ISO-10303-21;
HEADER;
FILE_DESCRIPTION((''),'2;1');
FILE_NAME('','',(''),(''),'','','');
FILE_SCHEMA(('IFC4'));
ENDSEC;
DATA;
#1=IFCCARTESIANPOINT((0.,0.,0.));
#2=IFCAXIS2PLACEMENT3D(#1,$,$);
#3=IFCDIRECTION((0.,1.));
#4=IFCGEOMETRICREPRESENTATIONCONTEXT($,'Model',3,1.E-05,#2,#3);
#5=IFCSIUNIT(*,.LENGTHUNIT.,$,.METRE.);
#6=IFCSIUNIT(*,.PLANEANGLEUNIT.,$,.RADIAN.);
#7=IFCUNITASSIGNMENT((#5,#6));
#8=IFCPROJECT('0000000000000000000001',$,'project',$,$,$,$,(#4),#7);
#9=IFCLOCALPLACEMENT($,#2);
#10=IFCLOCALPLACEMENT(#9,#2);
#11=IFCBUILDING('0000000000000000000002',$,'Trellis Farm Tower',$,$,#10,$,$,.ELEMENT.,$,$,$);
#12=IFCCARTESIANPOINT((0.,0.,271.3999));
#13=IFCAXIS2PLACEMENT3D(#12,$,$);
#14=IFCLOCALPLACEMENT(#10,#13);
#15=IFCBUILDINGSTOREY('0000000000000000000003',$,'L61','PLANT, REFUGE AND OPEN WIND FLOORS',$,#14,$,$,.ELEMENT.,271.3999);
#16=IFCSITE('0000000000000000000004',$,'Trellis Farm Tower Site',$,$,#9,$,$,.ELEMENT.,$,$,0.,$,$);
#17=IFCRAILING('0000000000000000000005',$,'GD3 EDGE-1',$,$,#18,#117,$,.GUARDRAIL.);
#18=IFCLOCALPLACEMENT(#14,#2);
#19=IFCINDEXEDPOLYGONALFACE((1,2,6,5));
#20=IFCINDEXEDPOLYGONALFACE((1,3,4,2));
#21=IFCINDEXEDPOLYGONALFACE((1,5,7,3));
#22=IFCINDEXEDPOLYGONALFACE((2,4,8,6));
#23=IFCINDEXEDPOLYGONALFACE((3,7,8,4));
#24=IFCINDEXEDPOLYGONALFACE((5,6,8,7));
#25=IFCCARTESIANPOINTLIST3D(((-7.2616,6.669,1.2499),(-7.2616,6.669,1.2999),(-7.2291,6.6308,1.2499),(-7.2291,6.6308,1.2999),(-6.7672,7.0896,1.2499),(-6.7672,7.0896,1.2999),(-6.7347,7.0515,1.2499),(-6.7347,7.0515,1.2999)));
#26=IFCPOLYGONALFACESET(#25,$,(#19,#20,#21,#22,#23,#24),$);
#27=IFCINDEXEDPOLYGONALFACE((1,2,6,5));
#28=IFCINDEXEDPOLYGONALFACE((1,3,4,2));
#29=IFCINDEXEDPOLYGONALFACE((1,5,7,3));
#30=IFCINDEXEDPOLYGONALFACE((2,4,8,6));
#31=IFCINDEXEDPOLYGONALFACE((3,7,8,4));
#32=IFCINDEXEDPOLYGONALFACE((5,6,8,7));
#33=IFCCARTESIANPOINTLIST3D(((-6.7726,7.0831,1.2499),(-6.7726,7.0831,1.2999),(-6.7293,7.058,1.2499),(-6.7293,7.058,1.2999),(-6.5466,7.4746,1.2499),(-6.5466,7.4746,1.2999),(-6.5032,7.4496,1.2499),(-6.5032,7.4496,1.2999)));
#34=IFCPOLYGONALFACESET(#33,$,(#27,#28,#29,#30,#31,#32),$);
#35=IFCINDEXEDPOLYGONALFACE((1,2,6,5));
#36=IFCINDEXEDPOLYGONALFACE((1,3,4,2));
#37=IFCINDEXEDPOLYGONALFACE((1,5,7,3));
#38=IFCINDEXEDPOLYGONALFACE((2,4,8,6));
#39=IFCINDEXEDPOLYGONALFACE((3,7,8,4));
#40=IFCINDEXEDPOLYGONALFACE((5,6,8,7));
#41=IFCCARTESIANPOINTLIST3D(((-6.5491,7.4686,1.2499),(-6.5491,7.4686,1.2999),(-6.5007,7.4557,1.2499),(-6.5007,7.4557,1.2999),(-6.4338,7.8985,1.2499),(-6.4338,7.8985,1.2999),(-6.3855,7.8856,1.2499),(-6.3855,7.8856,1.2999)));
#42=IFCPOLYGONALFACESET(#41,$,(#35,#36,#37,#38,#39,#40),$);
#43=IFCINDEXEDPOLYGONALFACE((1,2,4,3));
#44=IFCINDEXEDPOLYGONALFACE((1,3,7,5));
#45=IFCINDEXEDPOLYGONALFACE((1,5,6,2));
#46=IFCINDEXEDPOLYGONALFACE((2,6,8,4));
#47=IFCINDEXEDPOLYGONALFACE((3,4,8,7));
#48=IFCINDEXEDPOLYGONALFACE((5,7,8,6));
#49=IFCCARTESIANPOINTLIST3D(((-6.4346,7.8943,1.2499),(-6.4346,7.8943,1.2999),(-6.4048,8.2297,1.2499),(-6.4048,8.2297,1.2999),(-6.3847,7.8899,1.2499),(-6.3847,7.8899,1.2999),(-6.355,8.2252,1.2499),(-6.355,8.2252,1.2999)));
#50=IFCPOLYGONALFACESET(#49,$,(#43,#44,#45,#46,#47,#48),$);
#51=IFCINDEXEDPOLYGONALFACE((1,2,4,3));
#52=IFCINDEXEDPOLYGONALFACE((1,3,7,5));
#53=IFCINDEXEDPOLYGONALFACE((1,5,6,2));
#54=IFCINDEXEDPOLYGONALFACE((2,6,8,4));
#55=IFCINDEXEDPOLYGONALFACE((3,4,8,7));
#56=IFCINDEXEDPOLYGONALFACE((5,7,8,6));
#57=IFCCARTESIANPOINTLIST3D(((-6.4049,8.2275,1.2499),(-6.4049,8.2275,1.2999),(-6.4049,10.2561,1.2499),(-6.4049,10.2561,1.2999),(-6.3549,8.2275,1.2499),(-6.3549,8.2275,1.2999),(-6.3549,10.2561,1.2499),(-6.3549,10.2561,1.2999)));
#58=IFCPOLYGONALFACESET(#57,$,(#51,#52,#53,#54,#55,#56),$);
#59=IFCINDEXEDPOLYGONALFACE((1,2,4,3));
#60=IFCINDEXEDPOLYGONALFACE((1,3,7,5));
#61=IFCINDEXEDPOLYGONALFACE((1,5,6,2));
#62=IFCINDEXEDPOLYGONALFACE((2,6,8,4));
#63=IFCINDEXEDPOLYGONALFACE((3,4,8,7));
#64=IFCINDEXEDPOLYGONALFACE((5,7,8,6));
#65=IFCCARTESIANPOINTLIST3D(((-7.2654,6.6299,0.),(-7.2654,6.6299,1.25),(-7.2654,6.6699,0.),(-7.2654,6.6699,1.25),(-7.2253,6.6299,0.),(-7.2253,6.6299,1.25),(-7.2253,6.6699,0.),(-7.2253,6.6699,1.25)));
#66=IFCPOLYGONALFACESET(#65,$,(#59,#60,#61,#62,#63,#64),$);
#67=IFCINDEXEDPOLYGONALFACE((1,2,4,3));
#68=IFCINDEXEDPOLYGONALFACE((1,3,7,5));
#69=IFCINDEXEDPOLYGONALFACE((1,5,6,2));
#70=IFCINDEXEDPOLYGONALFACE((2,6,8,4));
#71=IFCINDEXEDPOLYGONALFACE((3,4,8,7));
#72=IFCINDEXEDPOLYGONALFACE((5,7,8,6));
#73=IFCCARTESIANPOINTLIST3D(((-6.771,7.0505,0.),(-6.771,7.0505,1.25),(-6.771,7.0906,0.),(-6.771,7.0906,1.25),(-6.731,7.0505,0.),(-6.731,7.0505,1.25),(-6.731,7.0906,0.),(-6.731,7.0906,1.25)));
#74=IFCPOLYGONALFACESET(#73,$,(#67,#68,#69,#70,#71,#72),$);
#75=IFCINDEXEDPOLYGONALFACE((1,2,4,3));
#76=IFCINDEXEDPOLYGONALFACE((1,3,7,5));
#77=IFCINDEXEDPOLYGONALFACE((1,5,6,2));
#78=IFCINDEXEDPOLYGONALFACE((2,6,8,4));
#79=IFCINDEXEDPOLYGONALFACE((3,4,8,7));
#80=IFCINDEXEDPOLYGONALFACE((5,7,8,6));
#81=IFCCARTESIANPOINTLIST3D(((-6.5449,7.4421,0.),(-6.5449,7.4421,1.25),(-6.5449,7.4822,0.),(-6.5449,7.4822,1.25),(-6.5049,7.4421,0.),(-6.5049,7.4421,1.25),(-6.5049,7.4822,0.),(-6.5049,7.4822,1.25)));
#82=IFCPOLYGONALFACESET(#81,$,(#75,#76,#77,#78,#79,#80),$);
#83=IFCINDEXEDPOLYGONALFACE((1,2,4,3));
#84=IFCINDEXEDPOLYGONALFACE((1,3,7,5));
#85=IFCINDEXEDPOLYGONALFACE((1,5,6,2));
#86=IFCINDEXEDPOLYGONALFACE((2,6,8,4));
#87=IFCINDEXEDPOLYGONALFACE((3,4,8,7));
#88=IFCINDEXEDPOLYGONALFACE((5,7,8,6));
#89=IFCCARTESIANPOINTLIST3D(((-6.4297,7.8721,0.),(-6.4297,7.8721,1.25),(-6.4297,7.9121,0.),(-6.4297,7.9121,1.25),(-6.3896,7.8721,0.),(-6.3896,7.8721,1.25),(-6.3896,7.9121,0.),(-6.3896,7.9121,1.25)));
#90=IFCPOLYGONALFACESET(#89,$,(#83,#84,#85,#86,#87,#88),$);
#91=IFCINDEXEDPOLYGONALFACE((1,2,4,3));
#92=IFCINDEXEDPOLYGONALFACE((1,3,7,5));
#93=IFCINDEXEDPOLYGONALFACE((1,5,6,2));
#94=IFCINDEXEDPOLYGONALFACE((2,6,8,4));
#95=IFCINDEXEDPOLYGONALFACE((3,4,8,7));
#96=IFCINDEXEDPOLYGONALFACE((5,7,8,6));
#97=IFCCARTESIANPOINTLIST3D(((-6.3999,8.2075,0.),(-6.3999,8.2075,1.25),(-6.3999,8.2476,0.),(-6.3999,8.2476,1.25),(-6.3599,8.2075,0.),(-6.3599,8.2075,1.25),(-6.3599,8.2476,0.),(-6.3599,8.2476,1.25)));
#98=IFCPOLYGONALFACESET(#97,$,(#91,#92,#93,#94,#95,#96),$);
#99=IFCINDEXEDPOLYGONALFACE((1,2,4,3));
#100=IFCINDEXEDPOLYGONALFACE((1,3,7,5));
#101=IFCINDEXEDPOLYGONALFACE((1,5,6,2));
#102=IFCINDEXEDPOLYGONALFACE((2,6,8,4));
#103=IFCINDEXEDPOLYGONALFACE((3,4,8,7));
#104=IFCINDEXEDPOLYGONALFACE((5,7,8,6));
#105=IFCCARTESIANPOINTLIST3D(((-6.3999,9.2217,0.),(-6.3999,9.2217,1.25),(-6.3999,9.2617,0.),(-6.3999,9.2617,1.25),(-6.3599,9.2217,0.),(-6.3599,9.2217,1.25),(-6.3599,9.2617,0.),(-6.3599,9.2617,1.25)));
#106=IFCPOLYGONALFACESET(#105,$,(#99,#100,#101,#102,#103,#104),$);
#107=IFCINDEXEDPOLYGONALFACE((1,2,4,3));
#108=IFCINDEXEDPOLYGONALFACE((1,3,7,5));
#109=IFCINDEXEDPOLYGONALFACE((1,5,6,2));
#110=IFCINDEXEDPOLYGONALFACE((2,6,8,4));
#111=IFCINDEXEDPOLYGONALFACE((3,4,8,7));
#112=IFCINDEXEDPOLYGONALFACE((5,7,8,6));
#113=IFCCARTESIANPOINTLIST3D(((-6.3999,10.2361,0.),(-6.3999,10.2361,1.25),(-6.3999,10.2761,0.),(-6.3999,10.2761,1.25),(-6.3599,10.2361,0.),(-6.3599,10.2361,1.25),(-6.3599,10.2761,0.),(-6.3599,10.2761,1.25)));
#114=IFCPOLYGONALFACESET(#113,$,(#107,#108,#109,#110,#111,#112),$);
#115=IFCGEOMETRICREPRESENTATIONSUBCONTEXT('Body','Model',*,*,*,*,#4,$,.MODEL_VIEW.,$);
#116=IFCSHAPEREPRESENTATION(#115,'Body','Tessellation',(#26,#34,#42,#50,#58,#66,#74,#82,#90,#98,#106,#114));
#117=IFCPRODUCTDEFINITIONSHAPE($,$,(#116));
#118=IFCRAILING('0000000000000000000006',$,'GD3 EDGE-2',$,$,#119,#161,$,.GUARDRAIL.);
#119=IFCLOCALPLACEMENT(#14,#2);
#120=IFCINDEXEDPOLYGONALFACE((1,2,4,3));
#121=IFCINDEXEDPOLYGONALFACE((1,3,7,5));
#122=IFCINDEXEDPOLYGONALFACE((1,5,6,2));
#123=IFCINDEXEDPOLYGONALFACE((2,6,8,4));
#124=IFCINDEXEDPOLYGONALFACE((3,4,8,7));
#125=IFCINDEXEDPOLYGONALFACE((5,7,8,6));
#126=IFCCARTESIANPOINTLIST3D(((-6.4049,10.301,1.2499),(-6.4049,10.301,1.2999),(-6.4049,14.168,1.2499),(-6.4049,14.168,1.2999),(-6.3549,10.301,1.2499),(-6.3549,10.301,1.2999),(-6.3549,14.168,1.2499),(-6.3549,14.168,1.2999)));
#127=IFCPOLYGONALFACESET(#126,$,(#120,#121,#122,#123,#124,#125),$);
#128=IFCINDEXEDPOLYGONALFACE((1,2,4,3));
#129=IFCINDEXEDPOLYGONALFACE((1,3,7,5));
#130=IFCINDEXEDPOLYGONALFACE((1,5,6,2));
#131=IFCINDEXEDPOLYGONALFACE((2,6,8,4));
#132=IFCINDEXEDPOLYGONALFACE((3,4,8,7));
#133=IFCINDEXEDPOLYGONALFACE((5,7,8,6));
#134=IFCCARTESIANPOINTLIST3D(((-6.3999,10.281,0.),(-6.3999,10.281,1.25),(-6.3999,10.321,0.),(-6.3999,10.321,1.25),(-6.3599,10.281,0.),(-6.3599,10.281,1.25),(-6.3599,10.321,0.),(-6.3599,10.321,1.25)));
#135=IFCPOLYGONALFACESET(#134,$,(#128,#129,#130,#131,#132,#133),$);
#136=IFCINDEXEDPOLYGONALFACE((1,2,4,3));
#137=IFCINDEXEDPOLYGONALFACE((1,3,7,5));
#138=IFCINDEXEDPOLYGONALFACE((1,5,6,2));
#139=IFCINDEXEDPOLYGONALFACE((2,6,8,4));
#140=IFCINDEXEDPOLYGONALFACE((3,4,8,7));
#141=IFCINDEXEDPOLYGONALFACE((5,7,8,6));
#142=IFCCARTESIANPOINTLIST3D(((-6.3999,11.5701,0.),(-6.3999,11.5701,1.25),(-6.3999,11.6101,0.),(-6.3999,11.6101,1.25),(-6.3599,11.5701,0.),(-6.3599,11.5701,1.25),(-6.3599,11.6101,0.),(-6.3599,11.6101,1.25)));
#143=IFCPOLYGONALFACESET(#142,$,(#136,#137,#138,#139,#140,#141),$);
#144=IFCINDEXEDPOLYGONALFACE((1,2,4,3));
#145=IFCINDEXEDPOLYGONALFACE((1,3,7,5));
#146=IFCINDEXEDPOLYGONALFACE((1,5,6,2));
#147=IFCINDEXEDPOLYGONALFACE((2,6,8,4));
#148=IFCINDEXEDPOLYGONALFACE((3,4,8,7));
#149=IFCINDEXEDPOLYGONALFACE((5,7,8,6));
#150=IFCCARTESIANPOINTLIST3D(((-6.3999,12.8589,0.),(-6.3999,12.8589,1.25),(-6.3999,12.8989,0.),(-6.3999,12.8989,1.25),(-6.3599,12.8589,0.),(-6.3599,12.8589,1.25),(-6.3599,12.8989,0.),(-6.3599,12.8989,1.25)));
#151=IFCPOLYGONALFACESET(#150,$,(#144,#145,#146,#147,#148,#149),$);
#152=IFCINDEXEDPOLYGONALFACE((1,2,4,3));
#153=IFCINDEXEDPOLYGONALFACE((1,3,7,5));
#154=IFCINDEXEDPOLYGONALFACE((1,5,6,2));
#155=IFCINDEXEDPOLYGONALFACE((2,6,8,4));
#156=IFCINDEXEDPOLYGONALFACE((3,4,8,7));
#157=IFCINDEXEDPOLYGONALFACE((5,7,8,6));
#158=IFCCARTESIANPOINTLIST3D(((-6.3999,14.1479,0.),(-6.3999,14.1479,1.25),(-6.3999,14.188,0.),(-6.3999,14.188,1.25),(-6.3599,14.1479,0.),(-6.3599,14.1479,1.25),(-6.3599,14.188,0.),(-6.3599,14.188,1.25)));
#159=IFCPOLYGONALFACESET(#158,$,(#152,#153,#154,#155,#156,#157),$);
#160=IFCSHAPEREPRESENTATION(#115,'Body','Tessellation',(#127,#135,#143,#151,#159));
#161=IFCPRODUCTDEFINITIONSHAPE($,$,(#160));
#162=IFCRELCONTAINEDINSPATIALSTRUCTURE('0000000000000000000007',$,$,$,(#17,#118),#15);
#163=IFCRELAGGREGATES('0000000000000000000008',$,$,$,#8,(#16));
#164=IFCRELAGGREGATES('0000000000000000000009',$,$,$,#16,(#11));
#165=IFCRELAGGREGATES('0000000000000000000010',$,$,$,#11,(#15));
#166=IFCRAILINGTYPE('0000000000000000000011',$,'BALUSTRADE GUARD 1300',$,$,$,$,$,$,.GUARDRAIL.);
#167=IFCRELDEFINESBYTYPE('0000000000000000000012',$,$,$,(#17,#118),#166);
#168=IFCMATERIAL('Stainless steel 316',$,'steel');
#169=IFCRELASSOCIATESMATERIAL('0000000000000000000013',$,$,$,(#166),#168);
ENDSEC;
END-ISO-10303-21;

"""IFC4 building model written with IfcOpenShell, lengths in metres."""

from ifc_helpers import new_model, si_unit, direction, frame, origin, origin_2d, place, context, subcontext, project, spatial, rectangle, extrude, material, type_object, element, save


model = new_model("IFC4")

# Units and contexts
model_context = context("Model", 3, precision=1e-05, world=origin(), true_north=direction((0.0, 1.0)))
body_context = subcontext(model_context, "Body", "Model", "MODEL_VIEW")
ifc_project = project(units=[si_unit("LENGTHUNIT", "METRE"), si_unit("PLANEANGLEUNIT", "RADIAN")], contexts=[model_context])

# Site, building, storey
site_placement = place(None, origin())
site = spatial("IfcSite", under=ifc_project, at=site_placement, Name="Trellis Farm Tower Site", CompositionType="ELEMENT", RefElevation=0.0)
building_placement = place(site_placement, origin())
building = spatial("IfcBuilding", under=site, at=building_placement, Name="Trellis Farm Tower", CompositionType="ELEMENT")
storey_placement = place(building_placement, frame((0.0, 0.0, 271.3999)))
storey = spatial("IfcBuildingStorey", under=building, at=storey_placement, Name="L61", Description="PLANT, REFUGE AND OPEN WIND FLOORS", CompositionType="ELEMENT", Elevation=271.3999)

# Railings
ifc_material_1 = material(Name="Stainless steel 316", Category="steel")
railing_type = type_object("IfcRailingType", Name="BALUSTRADE GUARD 1300", PredefinedType="GUARDRAIL", material=ifc_material_1)
railing_1_placement = place(storey_placement, frame((-7.2454, 6.6499, 0.0)))
element("IfcRailing", 1, at=railing_1_placement, inside=storey, type_object=railing_type, Name="GD3 EDGE-1", PredefinedType="GUARDRAIL", context=body_context, shape_type="SweptSolid", body=[
    extrude(rectangle(XDim=0.05, YDim=0.05, at=origin_2d()), frame((0.0, 0.0, 1.2749), z_axis=(0.761614, 0.64803, 0.0), x_axis=(-0.64803, 0.761614, 0.0)), (0.0, 0.0, 1.0), 0.6492),
    extrude(rectangle(XDim=0.05, YDim=0.05, at=origin_2d()), frame((0.4944, 0.4207, 1.2749), z_axis=(0.499972, 0.866042, 0.0), x_axis=(-0.866042, 0.499972, 0.0)), (0.0, 0.0, 1.0), 0.4521),
    extrude(rectangle(XDim=0.05, YDim=0.05, at=origin_2d()), frame((0.7205, 0.8123, 1.2749), z_axis=(0.258891, 0.965906, 0.0), x_axis=(-0.965906, 0.258891, 0.0)), (0.0, 0.0, 1.0), 0.4451),
    extrude(rectangle(XDim=0.05, YDim=0.05, at=origin_2d()), frame((0.8357, 1.2422, 1.2749), z_axis=(0.088444, 0.996081, 0.0), x_axis=(-0.996081, 0.088444, 0.0)), (0.0, 0.0, 1.0), 0.3367),
    extrude(rectangle(XDim=0.05, YDim=0.05, at=origin_2d()), frame((0.8655, 1.5776, 1.2749), z_axis=(0.0, 1.0, 0.0), x_axis=(-1.0, 0.0, 0.0)), (0.0, 0.0, 1.0), 2.0286),
    extrude(rectangle(XDim=0.04, YDim=0.04, at=origin_2d()), origin(), (0.0, 0.0, 1.0), 1.25),
    extrude(rectangle(XDim=0.04, YDim=0.04, at=origin_2d()), frame((0.4944, 0.4207, 0.0)), (0.0, 0.0, 1.0), 1.25),
    extrude(rectangle(XDim=0.04, YDim=0.04, at=origin_2d()), frame((0.7205, 0.8123, 0.0)), (0.0, 0.0, 1.0), 1.25),
    extrude(rectangle(XDim=0.04, YDim=0.04, at=origin_2d()), frame((0.8357, 1.2422, 0.0)), (0.0, 0.0, 1.0), 1.25),
    extrude(rectangle(XDim=0.04, YDim=0.04, at=origin_2d()), frame((0.8655, 1.5776, 0.0)), (0.0, 0.0, 1.0), 1.25),
    extrude(rectangle(XDim=0.04, YDim=0.04, at=origin_2d()), frame((0.8655, 2.5918, 0.0)), (0.0, 0.0, 1.0), 1.25),
    extrude(rectangle(XDim=0.04, YDim=0.04, at=origin_2d()), frame((0.8655, 3.6062, 0.0)), (0.0, 0.0, 1.0), 1.25),
])
railing_2_placement = place(storey_placement, frame((-6.3799, 10.301, 0.0)))
element("IfcRailing", 2, at=railing_2_placement, inside=storey, type_object=railing_type, Name="GD3 EDGE-2", PredefinedType="GUARDRAIL", context=body_context, shape_type="SweptSolid", body=[
    extrude(rectangle(XDim=0.05, YDim=0.05, at=origin_2d()), frame((0.0, 0.0, 1.2749), z_axis=(0.0, 1.0, 0.0), x_axis=(-1.0, 0.0, 0.0)), (0.0, 0.0, 1.0), 3.8669),
    extrude(rectangle(XDim=0.04, YDim=0.04, at=origin_2d()), origin(), (0.0, 0.0, 1.0), 1.25),
    extrude(rectangle(XDim=0.04, YDim=0.04, at=origin_2d()), frame((0.0, 1.2891, 0.0)), (0.0, 0.0, 1.0), 1.25),
    extrude(rectangle(XDim=0.04, YDim=0.04, at=origin_2d()), frame((0.0, 2.5779, 0.0)), (0.0, 0.0, 1.0), 1.25),
    extrude(rectangle(XDim=0.04, YDim=0.04, at=origin_2d()), frame((0.0, 3.8669, 0.0)), (0.0, 0.0, 1.0), 1.25),
])

save(model, "model.ifc")
